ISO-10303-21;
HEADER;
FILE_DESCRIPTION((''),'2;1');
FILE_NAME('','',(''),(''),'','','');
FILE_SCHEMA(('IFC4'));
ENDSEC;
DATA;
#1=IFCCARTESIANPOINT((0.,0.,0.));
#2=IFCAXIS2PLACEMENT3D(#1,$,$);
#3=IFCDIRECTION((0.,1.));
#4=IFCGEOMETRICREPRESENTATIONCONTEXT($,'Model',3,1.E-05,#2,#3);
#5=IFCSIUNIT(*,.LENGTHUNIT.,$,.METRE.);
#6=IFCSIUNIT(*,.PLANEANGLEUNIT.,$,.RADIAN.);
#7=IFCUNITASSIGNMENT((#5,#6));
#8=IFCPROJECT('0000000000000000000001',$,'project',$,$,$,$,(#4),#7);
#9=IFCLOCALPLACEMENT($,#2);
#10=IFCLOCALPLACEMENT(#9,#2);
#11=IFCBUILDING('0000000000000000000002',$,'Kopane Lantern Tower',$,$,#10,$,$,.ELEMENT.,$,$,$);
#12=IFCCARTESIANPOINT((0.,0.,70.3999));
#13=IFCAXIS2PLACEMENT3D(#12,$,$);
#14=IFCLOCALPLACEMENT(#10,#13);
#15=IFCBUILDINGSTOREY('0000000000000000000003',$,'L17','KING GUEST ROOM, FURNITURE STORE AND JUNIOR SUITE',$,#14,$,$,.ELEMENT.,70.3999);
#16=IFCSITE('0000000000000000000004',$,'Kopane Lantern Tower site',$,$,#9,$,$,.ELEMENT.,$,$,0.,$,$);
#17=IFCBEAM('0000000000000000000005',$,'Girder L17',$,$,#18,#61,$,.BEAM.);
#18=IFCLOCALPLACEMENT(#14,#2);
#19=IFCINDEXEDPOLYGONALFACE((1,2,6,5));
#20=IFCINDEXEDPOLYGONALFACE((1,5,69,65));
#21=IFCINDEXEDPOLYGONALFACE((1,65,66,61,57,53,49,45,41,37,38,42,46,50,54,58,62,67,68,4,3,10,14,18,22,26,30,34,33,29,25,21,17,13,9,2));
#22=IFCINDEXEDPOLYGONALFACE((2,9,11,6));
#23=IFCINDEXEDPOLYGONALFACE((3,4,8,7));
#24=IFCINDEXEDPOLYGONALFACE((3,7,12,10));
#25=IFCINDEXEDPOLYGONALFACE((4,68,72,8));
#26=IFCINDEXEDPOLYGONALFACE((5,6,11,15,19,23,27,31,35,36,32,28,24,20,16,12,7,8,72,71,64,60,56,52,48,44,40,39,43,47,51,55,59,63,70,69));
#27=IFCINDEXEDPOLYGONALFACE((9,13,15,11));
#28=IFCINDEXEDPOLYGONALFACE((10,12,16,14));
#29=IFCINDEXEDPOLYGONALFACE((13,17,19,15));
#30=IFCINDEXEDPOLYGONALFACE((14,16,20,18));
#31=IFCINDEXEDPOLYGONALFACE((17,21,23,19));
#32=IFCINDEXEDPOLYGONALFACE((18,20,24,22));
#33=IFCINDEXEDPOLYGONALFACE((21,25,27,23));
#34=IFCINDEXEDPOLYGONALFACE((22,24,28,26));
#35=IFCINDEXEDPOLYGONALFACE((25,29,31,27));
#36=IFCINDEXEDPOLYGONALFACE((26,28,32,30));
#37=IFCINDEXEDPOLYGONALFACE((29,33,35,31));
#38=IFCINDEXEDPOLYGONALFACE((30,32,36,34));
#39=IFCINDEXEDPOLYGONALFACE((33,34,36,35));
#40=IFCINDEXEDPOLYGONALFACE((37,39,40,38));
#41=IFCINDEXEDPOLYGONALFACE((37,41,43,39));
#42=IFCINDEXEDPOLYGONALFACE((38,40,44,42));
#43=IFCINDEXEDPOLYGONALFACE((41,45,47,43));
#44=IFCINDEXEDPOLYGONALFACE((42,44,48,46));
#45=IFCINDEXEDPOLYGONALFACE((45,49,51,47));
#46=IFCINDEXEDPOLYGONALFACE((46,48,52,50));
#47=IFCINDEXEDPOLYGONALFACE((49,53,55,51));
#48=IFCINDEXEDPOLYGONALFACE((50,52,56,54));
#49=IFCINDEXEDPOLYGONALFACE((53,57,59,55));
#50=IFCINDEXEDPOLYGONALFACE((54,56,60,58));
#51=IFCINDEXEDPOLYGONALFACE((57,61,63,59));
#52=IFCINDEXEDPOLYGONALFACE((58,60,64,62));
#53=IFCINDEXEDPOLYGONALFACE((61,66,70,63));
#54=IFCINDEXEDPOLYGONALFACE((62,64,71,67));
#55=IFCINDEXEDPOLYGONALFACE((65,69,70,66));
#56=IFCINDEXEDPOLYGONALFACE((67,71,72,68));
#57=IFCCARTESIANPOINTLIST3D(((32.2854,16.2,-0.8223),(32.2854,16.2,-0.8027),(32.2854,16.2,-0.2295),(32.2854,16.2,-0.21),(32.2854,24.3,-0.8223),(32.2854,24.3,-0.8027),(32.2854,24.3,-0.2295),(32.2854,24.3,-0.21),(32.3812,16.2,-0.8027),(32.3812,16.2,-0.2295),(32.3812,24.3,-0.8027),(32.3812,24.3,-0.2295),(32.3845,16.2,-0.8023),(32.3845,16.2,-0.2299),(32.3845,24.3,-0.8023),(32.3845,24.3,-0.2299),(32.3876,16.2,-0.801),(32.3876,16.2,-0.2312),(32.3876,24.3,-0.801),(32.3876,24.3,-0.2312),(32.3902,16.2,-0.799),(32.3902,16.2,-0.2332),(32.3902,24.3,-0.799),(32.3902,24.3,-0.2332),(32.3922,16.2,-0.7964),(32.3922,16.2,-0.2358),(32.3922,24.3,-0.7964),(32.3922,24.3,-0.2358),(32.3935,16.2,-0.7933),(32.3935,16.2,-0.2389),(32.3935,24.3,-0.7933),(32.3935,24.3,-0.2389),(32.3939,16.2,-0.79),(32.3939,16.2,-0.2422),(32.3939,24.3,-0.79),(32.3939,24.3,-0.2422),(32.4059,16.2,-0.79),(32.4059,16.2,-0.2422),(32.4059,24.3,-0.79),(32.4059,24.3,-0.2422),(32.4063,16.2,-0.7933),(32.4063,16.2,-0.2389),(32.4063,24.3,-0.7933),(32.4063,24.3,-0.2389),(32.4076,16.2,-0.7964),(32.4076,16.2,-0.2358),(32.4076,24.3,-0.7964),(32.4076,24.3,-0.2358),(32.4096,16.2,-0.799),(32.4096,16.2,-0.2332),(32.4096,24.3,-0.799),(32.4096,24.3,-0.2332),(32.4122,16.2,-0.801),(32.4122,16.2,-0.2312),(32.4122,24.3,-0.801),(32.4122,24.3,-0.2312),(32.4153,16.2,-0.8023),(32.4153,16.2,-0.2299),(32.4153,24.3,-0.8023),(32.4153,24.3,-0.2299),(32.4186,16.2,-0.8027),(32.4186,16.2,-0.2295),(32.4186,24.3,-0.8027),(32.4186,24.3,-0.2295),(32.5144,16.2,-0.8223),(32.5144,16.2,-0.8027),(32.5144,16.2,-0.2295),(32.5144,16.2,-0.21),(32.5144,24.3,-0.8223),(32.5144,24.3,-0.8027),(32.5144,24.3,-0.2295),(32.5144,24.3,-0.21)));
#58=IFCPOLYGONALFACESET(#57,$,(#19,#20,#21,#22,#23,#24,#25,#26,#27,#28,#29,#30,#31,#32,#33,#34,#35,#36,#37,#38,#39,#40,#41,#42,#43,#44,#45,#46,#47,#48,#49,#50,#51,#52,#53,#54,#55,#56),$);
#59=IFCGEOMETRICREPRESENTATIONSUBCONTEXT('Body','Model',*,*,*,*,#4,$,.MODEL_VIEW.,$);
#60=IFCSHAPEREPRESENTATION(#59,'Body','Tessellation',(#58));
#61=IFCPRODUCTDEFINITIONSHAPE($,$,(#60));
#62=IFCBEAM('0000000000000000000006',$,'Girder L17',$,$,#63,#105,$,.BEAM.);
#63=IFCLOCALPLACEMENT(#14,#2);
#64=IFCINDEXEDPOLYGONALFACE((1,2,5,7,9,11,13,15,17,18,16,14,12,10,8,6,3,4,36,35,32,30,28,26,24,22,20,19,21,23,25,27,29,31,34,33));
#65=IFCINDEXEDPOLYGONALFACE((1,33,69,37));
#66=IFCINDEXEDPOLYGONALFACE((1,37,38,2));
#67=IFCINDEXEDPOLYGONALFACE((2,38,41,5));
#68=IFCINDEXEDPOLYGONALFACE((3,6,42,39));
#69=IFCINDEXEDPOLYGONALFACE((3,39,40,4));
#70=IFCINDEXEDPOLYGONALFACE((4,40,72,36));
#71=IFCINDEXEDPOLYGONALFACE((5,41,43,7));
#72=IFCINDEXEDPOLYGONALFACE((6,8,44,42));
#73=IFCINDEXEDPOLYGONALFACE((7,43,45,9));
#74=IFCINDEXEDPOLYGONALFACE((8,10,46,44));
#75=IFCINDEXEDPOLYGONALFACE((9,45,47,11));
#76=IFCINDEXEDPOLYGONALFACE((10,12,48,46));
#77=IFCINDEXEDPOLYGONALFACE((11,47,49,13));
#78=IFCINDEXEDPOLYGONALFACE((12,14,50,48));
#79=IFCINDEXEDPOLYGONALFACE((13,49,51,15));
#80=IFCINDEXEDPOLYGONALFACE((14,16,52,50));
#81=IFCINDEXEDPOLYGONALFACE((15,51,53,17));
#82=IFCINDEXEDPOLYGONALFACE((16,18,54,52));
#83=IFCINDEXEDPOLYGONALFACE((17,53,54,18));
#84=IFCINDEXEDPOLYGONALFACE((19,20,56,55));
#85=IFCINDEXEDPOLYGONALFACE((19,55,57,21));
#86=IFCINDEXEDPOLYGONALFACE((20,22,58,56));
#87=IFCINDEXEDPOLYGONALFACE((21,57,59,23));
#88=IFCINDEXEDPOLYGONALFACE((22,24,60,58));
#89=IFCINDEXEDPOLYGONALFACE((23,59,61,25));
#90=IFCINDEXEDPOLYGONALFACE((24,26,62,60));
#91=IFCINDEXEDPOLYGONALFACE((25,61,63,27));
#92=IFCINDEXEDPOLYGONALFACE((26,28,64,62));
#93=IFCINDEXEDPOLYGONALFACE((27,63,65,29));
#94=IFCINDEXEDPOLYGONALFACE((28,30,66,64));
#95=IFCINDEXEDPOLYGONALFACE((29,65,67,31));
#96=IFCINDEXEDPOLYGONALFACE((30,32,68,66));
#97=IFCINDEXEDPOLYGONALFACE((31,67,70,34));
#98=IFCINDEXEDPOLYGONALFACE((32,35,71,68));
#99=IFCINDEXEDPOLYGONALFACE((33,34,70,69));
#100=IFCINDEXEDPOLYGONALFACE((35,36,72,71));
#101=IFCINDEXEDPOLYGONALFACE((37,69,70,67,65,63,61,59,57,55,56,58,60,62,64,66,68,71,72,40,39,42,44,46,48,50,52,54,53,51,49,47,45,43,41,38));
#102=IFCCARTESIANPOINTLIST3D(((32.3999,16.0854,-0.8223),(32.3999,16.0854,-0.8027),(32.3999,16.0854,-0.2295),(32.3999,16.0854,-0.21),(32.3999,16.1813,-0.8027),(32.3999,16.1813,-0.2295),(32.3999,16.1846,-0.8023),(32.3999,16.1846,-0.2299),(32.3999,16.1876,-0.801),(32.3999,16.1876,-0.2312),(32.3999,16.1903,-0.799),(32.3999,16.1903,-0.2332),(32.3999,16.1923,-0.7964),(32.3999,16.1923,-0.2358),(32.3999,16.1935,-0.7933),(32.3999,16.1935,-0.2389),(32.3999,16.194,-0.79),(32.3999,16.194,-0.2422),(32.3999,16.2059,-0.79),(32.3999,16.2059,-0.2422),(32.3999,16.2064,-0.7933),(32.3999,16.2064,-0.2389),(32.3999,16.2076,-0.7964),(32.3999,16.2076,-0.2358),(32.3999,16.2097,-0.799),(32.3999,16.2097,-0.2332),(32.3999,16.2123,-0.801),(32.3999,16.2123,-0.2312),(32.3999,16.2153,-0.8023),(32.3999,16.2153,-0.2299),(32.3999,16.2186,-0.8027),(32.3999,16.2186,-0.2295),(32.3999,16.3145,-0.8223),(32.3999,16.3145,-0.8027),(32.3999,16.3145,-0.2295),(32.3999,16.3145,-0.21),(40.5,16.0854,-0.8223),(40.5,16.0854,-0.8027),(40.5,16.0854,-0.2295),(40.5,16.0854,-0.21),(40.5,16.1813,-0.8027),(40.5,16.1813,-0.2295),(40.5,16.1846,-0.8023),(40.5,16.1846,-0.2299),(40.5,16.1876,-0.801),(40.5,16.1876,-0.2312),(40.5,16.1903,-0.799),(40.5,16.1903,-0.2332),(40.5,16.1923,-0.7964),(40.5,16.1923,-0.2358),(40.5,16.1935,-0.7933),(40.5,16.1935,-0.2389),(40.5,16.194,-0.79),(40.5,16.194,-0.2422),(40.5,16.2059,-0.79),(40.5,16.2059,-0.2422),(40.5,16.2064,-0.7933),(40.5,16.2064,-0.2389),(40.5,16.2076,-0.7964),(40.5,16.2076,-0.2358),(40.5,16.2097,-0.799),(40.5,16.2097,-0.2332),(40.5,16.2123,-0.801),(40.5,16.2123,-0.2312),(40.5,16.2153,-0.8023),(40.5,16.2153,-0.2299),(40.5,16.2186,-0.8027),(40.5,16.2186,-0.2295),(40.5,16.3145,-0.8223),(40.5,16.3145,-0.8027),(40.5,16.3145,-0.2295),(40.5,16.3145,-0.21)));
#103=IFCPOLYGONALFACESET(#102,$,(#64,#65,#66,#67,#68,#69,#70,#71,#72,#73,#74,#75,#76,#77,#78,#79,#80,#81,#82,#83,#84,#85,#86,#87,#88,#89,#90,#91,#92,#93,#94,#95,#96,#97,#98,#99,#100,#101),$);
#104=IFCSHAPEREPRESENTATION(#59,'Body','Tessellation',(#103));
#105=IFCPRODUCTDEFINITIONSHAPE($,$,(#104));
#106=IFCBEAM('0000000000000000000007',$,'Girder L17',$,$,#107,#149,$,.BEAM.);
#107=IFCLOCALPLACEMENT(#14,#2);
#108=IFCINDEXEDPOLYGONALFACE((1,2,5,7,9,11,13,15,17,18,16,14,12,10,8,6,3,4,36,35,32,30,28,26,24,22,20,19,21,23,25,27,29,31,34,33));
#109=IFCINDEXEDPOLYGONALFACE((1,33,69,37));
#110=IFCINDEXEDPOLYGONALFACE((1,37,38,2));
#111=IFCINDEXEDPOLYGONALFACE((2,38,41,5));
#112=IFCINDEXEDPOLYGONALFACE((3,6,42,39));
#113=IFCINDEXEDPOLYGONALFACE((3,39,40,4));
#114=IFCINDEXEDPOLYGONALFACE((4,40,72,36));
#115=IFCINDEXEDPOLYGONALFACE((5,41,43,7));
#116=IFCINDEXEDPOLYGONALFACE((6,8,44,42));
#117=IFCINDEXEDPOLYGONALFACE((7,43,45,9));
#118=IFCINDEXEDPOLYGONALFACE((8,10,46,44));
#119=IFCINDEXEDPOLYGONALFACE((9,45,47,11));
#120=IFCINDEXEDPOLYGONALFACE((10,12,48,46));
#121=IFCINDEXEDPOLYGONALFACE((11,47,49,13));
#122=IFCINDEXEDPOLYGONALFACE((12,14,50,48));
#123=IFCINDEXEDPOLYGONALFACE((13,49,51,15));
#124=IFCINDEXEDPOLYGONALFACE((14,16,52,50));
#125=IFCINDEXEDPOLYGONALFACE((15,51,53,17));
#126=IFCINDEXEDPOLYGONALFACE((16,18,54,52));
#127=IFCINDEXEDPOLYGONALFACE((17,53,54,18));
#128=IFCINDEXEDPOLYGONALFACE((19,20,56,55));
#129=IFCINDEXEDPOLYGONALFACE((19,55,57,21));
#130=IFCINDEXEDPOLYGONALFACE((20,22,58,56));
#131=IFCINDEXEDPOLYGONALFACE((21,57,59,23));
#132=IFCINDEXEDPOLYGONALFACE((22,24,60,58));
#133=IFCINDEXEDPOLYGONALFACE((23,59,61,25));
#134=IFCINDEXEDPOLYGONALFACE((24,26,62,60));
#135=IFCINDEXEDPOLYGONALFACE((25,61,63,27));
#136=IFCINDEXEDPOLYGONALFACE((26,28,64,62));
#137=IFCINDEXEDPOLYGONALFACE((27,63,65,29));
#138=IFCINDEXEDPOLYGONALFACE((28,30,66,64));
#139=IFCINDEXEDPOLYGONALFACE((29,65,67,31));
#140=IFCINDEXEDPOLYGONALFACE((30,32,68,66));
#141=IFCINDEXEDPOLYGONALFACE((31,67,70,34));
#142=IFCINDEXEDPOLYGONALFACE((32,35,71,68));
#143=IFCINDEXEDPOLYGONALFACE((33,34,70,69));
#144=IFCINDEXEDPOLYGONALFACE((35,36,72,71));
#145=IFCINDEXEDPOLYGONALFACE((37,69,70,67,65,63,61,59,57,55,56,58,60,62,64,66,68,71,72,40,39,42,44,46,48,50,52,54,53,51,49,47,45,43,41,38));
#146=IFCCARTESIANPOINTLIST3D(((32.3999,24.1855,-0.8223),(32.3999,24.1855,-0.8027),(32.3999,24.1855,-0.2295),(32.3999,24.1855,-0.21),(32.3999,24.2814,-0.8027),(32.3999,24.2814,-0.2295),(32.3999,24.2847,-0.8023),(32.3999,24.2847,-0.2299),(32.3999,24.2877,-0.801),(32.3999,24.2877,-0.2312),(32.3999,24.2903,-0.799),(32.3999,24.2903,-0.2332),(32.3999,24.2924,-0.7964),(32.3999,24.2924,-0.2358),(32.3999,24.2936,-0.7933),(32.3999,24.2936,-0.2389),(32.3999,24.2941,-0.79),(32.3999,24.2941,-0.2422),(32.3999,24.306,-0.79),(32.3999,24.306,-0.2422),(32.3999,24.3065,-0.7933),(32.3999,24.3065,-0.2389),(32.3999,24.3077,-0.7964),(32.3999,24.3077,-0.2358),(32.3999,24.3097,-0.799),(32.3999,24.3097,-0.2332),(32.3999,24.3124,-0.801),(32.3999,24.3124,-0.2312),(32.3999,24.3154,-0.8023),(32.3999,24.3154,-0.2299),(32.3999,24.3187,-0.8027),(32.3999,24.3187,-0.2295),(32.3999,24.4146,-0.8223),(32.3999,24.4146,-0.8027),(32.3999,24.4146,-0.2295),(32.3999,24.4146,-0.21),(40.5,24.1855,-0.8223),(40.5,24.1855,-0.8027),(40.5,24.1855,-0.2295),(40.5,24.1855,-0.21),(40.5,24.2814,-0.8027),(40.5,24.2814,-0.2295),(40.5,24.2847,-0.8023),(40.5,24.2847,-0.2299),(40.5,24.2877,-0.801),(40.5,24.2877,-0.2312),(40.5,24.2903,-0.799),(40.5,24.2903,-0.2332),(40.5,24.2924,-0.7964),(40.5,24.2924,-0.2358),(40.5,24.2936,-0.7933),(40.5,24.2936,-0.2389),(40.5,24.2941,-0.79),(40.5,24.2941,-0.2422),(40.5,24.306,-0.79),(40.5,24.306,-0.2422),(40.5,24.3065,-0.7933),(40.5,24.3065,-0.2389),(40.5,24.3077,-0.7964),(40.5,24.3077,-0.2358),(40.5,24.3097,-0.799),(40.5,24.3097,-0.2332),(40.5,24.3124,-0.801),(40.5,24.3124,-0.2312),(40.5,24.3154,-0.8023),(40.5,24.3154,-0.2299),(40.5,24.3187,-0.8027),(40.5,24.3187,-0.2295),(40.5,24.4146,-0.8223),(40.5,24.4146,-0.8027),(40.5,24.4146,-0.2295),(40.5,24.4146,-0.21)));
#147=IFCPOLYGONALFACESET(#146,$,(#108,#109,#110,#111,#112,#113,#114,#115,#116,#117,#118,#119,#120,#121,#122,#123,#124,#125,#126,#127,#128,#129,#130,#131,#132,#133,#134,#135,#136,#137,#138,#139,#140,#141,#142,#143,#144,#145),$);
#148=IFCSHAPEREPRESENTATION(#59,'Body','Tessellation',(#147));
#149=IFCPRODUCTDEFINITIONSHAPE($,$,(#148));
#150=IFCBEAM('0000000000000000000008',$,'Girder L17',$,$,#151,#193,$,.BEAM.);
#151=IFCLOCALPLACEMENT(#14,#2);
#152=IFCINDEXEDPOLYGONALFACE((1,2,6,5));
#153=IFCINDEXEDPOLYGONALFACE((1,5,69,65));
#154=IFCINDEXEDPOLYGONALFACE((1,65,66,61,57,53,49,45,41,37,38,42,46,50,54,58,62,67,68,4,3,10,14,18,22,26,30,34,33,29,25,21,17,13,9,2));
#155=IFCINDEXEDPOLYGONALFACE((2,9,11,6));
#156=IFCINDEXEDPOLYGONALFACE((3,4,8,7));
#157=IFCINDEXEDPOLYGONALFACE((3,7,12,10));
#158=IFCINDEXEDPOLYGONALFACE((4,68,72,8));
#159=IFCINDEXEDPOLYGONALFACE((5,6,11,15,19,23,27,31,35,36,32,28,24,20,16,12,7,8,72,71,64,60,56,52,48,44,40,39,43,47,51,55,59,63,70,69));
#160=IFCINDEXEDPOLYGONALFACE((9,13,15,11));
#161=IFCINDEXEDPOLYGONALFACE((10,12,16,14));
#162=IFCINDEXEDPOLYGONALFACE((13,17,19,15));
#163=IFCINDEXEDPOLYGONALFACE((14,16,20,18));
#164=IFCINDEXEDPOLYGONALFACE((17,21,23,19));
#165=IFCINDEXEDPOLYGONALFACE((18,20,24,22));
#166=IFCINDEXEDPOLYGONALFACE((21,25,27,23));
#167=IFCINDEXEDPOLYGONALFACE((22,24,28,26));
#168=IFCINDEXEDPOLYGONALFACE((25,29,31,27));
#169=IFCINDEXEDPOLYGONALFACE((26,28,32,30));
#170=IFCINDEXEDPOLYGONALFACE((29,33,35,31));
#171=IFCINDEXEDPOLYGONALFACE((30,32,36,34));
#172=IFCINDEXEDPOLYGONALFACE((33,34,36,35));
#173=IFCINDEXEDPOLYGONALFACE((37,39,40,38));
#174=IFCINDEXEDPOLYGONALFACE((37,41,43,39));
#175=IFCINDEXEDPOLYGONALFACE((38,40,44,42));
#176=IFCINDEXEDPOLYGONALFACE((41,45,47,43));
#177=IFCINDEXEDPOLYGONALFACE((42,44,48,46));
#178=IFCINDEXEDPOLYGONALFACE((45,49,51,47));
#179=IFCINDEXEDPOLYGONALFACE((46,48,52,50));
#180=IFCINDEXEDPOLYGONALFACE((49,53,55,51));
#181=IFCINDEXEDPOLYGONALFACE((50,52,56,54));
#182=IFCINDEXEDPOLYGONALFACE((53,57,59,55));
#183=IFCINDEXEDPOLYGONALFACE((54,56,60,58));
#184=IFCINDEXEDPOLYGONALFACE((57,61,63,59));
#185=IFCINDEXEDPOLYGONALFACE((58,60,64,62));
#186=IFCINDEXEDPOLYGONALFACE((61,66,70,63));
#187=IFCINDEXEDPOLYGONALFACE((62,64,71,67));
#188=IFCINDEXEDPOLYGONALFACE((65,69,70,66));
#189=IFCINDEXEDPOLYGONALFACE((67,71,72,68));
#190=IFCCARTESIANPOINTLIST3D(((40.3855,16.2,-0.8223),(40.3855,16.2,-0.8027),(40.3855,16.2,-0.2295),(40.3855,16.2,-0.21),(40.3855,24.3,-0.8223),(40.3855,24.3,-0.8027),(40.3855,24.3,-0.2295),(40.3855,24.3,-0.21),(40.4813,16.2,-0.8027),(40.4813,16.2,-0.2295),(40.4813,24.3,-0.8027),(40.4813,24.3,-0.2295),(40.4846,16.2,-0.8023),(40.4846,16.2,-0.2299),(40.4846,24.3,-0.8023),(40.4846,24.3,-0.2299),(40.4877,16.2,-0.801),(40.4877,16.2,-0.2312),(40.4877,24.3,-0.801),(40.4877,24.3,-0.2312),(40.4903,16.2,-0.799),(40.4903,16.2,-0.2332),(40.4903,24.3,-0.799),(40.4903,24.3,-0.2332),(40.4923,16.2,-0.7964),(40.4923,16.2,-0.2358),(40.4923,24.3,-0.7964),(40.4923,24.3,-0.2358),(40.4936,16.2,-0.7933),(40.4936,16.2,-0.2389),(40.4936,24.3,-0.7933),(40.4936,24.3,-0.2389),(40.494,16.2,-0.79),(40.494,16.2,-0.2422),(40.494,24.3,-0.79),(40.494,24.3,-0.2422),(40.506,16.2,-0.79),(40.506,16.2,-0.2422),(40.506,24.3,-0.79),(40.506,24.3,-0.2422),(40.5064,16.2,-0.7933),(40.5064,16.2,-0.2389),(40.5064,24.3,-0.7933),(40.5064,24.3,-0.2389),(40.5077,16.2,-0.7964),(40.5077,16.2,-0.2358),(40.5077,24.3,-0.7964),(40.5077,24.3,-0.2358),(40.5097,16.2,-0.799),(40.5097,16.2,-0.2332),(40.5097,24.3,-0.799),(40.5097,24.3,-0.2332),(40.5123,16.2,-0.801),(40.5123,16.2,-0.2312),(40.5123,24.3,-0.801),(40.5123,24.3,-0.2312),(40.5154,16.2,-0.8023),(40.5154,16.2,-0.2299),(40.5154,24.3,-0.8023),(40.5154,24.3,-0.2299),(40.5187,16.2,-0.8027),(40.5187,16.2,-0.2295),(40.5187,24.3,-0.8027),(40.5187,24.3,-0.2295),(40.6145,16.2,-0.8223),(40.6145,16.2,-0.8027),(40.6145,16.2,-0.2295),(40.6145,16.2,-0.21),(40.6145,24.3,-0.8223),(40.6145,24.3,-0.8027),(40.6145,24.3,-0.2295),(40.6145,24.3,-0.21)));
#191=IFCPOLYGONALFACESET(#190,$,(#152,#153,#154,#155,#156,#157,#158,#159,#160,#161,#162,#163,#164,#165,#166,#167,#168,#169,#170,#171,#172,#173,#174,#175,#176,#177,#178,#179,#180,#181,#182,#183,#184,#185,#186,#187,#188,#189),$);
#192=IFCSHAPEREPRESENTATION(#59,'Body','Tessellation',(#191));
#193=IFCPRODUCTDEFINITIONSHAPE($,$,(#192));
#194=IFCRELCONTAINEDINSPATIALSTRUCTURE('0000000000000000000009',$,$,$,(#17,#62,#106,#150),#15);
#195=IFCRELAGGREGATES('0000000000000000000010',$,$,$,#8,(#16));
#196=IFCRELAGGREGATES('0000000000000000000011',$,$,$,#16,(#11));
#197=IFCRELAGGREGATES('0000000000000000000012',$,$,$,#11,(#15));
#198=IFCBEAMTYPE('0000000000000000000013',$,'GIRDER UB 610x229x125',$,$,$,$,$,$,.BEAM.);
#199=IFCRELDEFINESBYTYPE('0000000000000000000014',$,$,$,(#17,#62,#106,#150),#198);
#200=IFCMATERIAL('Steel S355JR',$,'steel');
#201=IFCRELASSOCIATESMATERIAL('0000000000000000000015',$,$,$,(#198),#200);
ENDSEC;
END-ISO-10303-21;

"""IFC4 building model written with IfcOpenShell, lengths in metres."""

from ifc_helpers import new_model, si_unit, direction, frame, origin, origin_2d, place, context, subcontext, project, spatial, i_section, extrude, material, material_profile, profile_set, type_object, element, save


model = new_model("IFC4")

# Units and contexts
model_context = context("Model", 3, precision=1e-05, world=origin(), true_north=direction((0.0, 1.0)))
body_context = subcontext(model_context, "Body", "Model", "MODEL_VIEW")
ifc_project = project(units=[si_unit("LENGTHUNIT", "METRE"), si_unit("PLANEANGLEUNIT", "RADIAN")], contexts=[model_context])

# Site, building, storey
site_placement = place(None, origin())
site = spatial("IfcSite", under=ifc_project, at=site_placement, Name="Kopane Lantern Tower site", CompositionType="ELEMENT", RefElevation=0.0)
building_placement = place(site_placement, origin())
building = spatial("IfcBuilding", under=site, at=building_placement, Name="Kopane Lantern Tower", CompositionType="ELEMENT")
storey_placement = place(building_placement, frame((0.0, 0.0, 70.3999)))
storey = spatial("IfcBuildingStorey", under=building, at=storey_placement, Name="L17", Description="KING GUEST ROOM, FURNITURE STORE AND JUNIOR SUITE", CompositionType="ELEMENT", Elevation=70.3999)

# Beams
ifc_material_1 = material(Name="Steel S355JR", Category="steel")
ifc_material_profile_1 = material_profile(ifc_material_1, i_section(OverallWidth=0.229, OverallDepth=0.6123, WebThickness=0.012, FlangeThickness=0.0195, FilletRadius=0.0127, at=origin_2d()), Name="UB 610x229x125")
ifc_profile_set_1 = profile_set([ifc_material_profile_1], Name="Steel S355JR")
beam_type_1 = type_object("IfcBeamType", Name="GIRDER UB 610x229x125", PredefinedType="BEAM", material=ifc_profile_set_1)
for number, where, z_axis, x_axis, name in (
    (1, (32.3999, 16.2, -0.5161), (0.0, 1.0, 0.0), (-1.0, 0.0, 0.0), "Girder L17"),
    (2, (32.3999, 16.2, -0.5161), (1.0, 0.0, 0.0), (0.0, 1.0, 0.0), "Girder L17"),
    (3, (32.3999, 24.3, -0.5161), (1.0, 0.0, 0.0), (0.0, 1.0, 0.0), "Girder L17"),
    (4, (40.5, 16.2, -0.5161), (0.0, 1.0, 0.0), (-1.0, 0.0, 0.0), "Girder L17"),
):
    element("IfcBeam", number, at=place(storey_placement, frame(where, z_axis=z_axis, x_axis=x_axis)), inside=storey, type_object=beam_type_1, Name=name, PredefinedType="BEAM", context=body_context, shape_type="SweptSolid", body=[
        extrude(i_section(OverallWidth=0.229, OverallDepth=0.6123, WebThickness=0.012, FlangeThickness=0.0195, FilletRadius=0.0127, at=origin_2d()), origin(), (0.0, 0.0, 1.0), 8.1001),
    ])

save(model, "model.ifc")
